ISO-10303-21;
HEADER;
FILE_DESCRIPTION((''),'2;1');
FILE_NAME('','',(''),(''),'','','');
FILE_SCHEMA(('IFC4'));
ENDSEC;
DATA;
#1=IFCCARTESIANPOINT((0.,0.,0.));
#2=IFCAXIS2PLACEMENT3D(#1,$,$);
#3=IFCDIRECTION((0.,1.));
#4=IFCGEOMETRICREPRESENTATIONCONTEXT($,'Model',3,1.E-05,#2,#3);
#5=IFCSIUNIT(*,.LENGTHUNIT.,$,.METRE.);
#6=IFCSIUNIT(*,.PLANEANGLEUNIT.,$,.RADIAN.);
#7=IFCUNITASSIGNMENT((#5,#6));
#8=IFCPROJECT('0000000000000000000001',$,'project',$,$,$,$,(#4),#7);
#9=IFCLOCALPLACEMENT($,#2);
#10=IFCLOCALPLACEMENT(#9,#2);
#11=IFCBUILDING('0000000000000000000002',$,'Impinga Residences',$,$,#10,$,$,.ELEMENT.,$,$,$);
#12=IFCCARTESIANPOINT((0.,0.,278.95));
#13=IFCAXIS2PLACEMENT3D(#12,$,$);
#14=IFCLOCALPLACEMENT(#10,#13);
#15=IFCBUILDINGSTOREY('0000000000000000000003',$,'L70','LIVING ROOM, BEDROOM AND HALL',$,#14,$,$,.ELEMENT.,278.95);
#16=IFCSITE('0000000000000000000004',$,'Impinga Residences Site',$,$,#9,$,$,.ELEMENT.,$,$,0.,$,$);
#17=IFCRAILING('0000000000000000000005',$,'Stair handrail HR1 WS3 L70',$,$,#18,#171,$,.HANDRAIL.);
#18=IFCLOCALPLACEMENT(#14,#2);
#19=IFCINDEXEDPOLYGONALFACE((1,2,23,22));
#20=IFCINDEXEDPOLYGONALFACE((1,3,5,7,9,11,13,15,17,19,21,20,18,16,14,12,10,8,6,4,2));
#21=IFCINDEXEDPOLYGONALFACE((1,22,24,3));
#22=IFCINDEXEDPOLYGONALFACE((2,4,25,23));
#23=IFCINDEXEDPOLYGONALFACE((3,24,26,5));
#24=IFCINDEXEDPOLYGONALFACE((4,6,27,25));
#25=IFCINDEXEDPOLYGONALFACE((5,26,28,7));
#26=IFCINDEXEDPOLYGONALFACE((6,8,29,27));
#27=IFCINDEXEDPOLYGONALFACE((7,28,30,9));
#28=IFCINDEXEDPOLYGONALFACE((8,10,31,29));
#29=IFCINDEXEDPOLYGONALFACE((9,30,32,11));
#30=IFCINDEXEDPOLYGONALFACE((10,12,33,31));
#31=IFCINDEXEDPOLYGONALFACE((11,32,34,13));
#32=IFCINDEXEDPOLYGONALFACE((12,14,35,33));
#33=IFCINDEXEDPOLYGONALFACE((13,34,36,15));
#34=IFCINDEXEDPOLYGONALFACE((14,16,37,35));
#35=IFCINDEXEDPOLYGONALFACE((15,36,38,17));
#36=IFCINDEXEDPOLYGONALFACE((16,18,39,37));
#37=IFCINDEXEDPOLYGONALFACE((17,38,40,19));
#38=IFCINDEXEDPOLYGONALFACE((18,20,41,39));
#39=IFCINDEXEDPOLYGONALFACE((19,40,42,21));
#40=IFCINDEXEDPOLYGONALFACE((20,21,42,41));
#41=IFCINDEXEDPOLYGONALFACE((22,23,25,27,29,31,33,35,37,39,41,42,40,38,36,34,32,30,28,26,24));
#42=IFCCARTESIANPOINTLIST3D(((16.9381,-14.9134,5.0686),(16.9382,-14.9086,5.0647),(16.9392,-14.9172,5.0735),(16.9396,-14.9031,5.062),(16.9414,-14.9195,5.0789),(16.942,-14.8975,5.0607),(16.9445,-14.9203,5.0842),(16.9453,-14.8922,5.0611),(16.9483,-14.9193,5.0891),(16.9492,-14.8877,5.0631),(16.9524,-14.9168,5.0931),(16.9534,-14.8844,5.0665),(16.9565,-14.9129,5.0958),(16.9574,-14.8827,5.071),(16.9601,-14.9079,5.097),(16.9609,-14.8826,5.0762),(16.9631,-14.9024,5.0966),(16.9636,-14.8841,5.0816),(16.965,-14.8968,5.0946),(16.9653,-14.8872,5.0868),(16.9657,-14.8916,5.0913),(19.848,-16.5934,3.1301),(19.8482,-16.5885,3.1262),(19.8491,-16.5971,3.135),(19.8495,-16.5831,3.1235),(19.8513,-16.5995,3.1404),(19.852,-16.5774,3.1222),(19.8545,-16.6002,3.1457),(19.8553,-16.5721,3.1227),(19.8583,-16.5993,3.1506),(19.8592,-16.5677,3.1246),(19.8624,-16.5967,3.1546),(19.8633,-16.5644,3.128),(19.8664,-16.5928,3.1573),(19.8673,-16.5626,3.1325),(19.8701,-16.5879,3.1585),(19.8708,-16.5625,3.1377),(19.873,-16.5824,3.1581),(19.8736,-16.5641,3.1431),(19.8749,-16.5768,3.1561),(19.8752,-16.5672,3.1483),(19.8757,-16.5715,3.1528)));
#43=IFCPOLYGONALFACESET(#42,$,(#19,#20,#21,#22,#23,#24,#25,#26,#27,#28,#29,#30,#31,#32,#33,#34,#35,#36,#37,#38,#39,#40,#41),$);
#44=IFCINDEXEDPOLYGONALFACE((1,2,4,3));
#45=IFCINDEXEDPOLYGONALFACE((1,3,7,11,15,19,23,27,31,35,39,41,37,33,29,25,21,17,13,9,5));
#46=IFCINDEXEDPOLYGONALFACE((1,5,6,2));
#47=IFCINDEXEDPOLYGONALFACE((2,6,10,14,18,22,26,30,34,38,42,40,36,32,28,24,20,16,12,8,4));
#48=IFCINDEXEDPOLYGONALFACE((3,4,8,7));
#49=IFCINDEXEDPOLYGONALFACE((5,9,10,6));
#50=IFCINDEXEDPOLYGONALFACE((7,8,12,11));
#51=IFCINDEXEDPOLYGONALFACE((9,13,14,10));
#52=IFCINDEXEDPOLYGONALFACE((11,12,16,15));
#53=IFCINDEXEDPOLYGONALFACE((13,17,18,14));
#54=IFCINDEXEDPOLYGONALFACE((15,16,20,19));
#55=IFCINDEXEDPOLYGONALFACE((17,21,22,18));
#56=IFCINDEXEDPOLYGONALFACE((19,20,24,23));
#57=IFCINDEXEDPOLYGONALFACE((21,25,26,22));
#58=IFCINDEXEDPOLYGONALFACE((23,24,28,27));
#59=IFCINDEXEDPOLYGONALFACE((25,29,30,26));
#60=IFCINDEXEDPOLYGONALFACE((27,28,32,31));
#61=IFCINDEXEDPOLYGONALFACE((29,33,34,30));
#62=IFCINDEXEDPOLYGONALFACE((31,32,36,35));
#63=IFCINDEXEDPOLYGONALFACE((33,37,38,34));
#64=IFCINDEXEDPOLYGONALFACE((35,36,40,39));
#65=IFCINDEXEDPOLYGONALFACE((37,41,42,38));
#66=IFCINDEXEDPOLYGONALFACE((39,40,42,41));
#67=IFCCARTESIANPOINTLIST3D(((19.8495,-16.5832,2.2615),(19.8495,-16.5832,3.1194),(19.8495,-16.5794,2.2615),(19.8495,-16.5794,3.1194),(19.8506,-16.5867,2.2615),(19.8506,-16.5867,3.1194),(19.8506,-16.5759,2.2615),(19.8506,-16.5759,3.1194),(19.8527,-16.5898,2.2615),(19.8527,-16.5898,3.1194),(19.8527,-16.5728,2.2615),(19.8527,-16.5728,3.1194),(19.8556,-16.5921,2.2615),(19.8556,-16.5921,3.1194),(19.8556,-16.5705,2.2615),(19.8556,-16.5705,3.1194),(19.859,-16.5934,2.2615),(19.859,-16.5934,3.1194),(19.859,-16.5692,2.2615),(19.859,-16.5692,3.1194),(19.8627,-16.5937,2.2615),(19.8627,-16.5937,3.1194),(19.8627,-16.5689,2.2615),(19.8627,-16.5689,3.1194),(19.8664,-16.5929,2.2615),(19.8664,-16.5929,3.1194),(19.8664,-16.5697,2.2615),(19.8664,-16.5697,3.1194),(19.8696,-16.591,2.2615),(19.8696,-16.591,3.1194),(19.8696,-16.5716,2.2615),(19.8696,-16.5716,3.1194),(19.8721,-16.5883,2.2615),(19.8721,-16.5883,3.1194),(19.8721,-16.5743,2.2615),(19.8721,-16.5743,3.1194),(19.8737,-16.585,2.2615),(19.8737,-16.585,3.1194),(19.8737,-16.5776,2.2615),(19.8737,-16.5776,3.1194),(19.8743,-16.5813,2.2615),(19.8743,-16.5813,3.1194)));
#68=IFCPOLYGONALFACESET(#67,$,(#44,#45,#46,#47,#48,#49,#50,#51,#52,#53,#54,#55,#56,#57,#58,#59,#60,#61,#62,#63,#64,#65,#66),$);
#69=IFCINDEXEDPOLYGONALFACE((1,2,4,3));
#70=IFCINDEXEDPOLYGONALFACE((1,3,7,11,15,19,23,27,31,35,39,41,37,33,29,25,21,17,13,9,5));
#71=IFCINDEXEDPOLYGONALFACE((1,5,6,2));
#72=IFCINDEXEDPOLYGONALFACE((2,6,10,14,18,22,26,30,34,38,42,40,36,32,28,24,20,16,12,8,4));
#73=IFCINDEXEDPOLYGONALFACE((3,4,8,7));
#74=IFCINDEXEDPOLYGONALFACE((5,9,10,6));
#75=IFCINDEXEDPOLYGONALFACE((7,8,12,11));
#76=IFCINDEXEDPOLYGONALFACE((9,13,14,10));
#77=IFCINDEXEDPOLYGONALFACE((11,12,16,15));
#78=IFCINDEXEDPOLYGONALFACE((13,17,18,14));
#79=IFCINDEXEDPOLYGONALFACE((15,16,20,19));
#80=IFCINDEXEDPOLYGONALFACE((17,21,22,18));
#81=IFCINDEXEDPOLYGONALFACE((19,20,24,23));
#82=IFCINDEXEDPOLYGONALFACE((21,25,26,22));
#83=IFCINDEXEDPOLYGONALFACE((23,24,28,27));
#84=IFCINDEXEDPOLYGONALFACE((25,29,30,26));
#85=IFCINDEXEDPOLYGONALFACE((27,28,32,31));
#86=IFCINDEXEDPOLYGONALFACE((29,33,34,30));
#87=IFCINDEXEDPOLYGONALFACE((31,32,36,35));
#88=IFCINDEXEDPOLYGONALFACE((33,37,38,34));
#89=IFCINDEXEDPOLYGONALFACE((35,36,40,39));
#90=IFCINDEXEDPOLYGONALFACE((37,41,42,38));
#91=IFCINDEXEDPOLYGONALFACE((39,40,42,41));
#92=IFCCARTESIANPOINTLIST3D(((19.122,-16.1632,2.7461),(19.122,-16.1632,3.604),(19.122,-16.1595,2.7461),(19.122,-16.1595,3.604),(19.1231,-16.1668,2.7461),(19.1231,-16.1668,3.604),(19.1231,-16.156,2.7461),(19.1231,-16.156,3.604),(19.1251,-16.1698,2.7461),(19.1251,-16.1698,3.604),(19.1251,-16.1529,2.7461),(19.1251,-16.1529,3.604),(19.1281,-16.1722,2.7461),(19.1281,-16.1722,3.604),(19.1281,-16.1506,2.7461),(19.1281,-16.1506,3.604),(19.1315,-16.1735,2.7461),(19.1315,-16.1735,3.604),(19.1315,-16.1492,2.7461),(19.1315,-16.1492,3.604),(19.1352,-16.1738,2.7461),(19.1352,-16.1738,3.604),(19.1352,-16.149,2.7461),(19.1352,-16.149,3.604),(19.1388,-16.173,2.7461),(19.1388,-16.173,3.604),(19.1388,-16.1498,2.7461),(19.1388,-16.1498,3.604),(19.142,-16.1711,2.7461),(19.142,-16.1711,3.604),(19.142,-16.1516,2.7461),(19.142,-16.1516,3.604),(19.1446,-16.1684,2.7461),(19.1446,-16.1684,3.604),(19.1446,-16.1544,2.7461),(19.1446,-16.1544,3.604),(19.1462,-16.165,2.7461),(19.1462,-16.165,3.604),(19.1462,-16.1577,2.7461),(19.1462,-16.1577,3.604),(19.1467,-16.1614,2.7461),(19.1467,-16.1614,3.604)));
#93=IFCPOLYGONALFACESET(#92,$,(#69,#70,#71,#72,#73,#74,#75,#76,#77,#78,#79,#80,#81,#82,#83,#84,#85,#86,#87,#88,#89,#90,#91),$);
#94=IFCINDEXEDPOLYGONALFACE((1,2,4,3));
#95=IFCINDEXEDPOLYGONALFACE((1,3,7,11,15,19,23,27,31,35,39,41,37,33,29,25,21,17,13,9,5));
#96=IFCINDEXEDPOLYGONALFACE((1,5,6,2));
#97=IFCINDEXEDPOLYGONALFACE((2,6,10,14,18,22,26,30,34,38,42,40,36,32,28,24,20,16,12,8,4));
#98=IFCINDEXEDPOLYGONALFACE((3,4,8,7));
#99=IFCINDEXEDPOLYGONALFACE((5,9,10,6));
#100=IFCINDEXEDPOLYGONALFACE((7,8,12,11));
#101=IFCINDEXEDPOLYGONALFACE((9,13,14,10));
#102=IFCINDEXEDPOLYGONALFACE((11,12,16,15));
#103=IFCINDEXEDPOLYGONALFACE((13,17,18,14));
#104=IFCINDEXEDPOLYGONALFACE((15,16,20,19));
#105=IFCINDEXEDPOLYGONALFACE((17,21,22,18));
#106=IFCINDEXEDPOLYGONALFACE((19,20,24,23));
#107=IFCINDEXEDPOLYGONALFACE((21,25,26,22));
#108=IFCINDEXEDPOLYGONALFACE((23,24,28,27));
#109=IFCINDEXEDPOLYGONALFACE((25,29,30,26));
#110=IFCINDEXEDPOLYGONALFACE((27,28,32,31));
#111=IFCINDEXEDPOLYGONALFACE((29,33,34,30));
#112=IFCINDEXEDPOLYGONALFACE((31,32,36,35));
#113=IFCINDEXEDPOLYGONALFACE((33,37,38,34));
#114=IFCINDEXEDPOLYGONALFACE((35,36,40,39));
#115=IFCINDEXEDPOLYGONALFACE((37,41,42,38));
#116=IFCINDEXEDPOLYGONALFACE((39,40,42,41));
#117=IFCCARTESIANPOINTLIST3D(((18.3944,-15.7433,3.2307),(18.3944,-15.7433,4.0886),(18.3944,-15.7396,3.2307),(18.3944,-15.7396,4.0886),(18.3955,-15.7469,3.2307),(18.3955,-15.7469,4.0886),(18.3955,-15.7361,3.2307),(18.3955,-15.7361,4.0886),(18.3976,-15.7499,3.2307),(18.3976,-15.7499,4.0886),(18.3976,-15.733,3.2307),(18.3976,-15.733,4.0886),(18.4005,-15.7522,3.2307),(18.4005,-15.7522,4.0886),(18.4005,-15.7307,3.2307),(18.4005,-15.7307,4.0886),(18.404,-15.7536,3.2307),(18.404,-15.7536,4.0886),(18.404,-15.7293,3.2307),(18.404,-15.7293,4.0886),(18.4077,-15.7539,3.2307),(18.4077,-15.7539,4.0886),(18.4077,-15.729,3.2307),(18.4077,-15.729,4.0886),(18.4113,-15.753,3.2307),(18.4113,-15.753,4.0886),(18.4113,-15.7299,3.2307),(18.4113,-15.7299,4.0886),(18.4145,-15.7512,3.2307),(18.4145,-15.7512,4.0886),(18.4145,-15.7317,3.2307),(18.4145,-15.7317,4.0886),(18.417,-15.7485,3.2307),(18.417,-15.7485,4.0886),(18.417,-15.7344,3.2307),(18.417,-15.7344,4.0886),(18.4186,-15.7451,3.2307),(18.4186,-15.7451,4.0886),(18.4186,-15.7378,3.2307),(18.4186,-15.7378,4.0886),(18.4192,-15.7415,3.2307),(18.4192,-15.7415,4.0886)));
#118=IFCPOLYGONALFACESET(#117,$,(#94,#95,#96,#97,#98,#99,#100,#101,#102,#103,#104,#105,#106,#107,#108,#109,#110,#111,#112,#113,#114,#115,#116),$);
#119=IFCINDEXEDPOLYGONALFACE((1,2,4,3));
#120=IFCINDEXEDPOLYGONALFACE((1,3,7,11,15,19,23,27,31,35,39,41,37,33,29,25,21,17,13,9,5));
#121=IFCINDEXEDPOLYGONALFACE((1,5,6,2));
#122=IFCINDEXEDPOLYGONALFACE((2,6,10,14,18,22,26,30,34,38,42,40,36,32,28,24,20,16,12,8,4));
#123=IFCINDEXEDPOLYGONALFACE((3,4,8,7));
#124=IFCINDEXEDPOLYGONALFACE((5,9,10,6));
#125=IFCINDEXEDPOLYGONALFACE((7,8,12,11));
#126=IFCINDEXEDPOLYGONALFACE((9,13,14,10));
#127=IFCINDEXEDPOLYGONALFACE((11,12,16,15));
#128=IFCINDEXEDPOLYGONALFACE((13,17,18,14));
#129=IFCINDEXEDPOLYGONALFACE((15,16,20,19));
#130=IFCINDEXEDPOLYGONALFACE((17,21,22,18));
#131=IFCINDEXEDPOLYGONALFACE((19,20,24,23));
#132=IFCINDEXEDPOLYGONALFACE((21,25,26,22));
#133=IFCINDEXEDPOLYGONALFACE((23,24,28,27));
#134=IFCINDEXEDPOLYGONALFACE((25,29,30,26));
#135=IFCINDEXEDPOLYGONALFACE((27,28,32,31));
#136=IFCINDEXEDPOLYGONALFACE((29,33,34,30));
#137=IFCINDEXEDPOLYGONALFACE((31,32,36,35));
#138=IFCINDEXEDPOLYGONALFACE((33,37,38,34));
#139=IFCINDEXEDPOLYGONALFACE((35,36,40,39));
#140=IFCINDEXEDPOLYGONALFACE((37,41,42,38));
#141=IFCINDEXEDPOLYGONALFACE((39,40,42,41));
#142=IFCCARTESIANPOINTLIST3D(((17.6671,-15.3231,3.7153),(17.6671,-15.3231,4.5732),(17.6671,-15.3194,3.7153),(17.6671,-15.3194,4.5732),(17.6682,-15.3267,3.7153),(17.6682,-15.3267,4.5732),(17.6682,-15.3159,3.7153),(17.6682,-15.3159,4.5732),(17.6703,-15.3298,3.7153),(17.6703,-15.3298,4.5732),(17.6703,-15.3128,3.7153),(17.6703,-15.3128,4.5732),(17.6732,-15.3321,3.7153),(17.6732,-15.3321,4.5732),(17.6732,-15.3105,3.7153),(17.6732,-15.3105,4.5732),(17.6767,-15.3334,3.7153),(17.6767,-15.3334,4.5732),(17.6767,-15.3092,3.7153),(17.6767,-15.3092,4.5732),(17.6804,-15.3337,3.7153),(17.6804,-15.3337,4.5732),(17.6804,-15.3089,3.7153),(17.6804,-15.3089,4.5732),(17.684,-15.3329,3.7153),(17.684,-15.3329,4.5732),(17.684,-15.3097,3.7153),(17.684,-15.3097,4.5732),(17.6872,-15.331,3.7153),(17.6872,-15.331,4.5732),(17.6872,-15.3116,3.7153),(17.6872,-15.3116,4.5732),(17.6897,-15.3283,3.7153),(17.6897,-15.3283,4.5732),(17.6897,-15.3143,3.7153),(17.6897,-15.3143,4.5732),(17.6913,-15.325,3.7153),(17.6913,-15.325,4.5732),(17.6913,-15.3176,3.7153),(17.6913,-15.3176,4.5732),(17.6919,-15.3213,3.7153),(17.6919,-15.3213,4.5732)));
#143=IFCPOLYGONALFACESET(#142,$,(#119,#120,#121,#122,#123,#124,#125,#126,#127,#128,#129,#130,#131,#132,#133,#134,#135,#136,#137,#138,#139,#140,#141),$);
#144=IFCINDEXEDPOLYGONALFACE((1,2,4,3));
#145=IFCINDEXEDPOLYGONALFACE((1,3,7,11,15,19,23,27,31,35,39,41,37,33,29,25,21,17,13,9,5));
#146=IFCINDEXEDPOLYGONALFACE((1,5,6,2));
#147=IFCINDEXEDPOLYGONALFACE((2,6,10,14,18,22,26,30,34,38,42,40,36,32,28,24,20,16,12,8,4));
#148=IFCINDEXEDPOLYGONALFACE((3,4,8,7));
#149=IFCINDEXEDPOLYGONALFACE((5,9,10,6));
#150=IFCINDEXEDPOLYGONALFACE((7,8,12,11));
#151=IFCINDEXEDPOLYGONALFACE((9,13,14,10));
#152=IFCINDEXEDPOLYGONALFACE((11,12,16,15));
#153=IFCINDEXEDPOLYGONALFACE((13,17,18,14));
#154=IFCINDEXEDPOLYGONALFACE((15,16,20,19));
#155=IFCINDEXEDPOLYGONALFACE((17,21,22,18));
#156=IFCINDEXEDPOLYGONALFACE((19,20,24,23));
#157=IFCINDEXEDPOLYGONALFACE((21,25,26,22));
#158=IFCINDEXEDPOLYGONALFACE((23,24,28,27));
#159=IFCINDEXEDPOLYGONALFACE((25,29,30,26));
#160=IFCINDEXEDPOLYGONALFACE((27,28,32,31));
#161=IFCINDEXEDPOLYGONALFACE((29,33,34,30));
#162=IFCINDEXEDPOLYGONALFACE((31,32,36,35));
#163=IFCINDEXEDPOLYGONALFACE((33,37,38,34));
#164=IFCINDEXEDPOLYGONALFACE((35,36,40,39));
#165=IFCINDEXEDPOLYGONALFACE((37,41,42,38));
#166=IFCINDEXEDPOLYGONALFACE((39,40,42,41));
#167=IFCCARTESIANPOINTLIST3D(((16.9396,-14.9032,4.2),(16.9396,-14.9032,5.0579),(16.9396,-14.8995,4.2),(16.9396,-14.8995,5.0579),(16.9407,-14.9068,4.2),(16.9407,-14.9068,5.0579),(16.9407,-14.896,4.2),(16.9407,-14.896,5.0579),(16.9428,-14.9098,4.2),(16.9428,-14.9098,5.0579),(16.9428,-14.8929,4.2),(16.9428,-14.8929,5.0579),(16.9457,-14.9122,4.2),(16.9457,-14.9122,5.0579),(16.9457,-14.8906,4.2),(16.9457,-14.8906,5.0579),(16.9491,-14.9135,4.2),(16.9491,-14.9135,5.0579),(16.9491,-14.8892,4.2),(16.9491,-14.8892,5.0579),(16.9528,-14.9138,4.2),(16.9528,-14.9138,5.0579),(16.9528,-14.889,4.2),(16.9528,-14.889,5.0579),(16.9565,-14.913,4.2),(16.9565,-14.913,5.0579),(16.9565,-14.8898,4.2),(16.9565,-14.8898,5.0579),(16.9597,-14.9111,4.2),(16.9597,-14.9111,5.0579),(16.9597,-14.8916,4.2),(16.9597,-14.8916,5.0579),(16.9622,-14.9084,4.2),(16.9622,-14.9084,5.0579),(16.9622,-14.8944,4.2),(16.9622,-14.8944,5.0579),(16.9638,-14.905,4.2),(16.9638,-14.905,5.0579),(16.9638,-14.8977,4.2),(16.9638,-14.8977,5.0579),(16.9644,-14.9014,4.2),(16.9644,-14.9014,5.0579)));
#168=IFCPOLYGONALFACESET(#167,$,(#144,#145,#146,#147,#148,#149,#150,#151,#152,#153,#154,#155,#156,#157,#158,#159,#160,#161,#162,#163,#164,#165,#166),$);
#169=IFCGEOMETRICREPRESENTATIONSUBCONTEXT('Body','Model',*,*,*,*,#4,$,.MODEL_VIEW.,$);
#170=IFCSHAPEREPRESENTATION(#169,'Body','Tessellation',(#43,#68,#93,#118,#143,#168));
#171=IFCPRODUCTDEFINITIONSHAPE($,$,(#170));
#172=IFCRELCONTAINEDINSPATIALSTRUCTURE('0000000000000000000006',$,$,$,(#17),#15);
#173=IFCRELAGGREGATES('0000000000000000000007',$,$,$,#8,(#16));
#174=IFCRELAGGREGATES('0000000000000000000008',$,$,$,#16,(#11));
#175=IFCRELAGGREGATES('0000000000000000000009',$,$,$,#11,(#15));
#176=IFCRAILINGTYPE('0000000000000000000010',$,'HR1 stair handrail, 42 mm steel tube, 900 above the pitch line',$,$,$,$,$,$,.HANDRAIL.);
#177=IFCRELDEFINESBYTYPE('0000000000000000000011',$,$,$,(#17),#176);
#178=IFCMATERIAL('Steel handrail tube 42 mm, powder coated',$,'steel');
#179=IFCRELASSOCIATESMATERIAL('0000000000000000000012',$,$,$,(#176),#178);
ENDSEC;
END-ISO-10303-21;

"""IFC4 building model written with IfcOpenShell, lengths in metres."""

from ifc_helpers import new_model, si_unit, direction, frame, origin, origin_2d, place, context, subcontext, project, spatial, circle, extrude, material, type_object, element, save


model = new_model("IFC4")

# Units and contexts
model_context = context("Model", 3, precision=1e-05, world=origin(), true_north=direction((0.0, 1.0)))
body_context = subcontext(model_context, "Body", "Model", "MODEL_VIEW")
ifc_project = project(units=[si_unit("LENGTHUNIT", "METRE"), si_unit("PLANEANGLEUNIT", "RADIAN")], contexts=[model_context])

# Site, building, storey
site_placement = place(None, origin())
site = spatial("IfcSite", under=ifc_project, at=site_placement, Name="Impinga Residences Site", CompositionType="ELEMENT", RefElevation=0.0)
building_placement = place(site_placement, origin())
building = spatial("IfcBuilding", under=site, at=building_placement, Name="Impinga Residences", CompositionType="ELEMENT")
storey_placement = place(building_placement, frame((0.0, 0.0, 278.95)))
storey = spatial("IfcBuildingStorey", under=building, at=storey_placement, Name="L70", Description="LIVING ROOM, BEDROOM AND HALL", CompositionType="ELEMENT", Elevation=278.95)

# Railing
ifc_material_1 = material(Name="Steel handrail tube 42 mm, powder coated", Category="steel")
railing_type = type_object("IfcRailingType", Name="HR1 stair handrail, 42 mm steel tube, 900 above the pitch line", PredefinedType="HANDRAIL", material=ifc_material_1)
railing_1_placement = place(storey_placement, frame((19.8618, -16.5813, 2.2615)))
element("IfcRailing", 1, at=railing_1_placement, inside=storey, type_object=railing_type, Name="Stair handrail HR1 WS3 L70", PredefinedType="HANDRAIL", context=body_context, shape_type="SweptSolid", body=[
    extrude(circle(Radius=0.021, at=origin_2d()), frame((0.0, 0.0, 0.8789), z_axis=(-0.750151, 0.433072, 0.499723), x_axis=(-0.499976, -0.866039, 0.0)), (0.0, 0.0, 1.0), 3.8792),
    extrude(circle(Radius=0.0125, at=origin_2d()), origin(), (0.0, 0.0, 1.0), 0.8579),
    extrude(circle(Radius=0.0125, at=origin_2d()), frame((-0.7275, 0.4199, 0.4846)), (0.0, 0.0, 1.0), 0.8579),
    extrude(circle(Radius=0.0125, at=origin_2d()), frame((-1.4551, 0.8398, 0.9692)), (0.0, 0.0, 1.0), 0.8579),
    extrude(circle(Radius=0.0125, at=origin_2d()), frame((-2.1824, 1.26, 1.4539)), (0.0, 0.0, 1.0), 0.8579),
    extrude(circle(Radius=0.0125, at=origin_2d()), frame((-2.9099, 1.6799, 1.9385)), (0.0, 0.0, 1.0), 0.8579),
])

save(model, "model.ifc")
